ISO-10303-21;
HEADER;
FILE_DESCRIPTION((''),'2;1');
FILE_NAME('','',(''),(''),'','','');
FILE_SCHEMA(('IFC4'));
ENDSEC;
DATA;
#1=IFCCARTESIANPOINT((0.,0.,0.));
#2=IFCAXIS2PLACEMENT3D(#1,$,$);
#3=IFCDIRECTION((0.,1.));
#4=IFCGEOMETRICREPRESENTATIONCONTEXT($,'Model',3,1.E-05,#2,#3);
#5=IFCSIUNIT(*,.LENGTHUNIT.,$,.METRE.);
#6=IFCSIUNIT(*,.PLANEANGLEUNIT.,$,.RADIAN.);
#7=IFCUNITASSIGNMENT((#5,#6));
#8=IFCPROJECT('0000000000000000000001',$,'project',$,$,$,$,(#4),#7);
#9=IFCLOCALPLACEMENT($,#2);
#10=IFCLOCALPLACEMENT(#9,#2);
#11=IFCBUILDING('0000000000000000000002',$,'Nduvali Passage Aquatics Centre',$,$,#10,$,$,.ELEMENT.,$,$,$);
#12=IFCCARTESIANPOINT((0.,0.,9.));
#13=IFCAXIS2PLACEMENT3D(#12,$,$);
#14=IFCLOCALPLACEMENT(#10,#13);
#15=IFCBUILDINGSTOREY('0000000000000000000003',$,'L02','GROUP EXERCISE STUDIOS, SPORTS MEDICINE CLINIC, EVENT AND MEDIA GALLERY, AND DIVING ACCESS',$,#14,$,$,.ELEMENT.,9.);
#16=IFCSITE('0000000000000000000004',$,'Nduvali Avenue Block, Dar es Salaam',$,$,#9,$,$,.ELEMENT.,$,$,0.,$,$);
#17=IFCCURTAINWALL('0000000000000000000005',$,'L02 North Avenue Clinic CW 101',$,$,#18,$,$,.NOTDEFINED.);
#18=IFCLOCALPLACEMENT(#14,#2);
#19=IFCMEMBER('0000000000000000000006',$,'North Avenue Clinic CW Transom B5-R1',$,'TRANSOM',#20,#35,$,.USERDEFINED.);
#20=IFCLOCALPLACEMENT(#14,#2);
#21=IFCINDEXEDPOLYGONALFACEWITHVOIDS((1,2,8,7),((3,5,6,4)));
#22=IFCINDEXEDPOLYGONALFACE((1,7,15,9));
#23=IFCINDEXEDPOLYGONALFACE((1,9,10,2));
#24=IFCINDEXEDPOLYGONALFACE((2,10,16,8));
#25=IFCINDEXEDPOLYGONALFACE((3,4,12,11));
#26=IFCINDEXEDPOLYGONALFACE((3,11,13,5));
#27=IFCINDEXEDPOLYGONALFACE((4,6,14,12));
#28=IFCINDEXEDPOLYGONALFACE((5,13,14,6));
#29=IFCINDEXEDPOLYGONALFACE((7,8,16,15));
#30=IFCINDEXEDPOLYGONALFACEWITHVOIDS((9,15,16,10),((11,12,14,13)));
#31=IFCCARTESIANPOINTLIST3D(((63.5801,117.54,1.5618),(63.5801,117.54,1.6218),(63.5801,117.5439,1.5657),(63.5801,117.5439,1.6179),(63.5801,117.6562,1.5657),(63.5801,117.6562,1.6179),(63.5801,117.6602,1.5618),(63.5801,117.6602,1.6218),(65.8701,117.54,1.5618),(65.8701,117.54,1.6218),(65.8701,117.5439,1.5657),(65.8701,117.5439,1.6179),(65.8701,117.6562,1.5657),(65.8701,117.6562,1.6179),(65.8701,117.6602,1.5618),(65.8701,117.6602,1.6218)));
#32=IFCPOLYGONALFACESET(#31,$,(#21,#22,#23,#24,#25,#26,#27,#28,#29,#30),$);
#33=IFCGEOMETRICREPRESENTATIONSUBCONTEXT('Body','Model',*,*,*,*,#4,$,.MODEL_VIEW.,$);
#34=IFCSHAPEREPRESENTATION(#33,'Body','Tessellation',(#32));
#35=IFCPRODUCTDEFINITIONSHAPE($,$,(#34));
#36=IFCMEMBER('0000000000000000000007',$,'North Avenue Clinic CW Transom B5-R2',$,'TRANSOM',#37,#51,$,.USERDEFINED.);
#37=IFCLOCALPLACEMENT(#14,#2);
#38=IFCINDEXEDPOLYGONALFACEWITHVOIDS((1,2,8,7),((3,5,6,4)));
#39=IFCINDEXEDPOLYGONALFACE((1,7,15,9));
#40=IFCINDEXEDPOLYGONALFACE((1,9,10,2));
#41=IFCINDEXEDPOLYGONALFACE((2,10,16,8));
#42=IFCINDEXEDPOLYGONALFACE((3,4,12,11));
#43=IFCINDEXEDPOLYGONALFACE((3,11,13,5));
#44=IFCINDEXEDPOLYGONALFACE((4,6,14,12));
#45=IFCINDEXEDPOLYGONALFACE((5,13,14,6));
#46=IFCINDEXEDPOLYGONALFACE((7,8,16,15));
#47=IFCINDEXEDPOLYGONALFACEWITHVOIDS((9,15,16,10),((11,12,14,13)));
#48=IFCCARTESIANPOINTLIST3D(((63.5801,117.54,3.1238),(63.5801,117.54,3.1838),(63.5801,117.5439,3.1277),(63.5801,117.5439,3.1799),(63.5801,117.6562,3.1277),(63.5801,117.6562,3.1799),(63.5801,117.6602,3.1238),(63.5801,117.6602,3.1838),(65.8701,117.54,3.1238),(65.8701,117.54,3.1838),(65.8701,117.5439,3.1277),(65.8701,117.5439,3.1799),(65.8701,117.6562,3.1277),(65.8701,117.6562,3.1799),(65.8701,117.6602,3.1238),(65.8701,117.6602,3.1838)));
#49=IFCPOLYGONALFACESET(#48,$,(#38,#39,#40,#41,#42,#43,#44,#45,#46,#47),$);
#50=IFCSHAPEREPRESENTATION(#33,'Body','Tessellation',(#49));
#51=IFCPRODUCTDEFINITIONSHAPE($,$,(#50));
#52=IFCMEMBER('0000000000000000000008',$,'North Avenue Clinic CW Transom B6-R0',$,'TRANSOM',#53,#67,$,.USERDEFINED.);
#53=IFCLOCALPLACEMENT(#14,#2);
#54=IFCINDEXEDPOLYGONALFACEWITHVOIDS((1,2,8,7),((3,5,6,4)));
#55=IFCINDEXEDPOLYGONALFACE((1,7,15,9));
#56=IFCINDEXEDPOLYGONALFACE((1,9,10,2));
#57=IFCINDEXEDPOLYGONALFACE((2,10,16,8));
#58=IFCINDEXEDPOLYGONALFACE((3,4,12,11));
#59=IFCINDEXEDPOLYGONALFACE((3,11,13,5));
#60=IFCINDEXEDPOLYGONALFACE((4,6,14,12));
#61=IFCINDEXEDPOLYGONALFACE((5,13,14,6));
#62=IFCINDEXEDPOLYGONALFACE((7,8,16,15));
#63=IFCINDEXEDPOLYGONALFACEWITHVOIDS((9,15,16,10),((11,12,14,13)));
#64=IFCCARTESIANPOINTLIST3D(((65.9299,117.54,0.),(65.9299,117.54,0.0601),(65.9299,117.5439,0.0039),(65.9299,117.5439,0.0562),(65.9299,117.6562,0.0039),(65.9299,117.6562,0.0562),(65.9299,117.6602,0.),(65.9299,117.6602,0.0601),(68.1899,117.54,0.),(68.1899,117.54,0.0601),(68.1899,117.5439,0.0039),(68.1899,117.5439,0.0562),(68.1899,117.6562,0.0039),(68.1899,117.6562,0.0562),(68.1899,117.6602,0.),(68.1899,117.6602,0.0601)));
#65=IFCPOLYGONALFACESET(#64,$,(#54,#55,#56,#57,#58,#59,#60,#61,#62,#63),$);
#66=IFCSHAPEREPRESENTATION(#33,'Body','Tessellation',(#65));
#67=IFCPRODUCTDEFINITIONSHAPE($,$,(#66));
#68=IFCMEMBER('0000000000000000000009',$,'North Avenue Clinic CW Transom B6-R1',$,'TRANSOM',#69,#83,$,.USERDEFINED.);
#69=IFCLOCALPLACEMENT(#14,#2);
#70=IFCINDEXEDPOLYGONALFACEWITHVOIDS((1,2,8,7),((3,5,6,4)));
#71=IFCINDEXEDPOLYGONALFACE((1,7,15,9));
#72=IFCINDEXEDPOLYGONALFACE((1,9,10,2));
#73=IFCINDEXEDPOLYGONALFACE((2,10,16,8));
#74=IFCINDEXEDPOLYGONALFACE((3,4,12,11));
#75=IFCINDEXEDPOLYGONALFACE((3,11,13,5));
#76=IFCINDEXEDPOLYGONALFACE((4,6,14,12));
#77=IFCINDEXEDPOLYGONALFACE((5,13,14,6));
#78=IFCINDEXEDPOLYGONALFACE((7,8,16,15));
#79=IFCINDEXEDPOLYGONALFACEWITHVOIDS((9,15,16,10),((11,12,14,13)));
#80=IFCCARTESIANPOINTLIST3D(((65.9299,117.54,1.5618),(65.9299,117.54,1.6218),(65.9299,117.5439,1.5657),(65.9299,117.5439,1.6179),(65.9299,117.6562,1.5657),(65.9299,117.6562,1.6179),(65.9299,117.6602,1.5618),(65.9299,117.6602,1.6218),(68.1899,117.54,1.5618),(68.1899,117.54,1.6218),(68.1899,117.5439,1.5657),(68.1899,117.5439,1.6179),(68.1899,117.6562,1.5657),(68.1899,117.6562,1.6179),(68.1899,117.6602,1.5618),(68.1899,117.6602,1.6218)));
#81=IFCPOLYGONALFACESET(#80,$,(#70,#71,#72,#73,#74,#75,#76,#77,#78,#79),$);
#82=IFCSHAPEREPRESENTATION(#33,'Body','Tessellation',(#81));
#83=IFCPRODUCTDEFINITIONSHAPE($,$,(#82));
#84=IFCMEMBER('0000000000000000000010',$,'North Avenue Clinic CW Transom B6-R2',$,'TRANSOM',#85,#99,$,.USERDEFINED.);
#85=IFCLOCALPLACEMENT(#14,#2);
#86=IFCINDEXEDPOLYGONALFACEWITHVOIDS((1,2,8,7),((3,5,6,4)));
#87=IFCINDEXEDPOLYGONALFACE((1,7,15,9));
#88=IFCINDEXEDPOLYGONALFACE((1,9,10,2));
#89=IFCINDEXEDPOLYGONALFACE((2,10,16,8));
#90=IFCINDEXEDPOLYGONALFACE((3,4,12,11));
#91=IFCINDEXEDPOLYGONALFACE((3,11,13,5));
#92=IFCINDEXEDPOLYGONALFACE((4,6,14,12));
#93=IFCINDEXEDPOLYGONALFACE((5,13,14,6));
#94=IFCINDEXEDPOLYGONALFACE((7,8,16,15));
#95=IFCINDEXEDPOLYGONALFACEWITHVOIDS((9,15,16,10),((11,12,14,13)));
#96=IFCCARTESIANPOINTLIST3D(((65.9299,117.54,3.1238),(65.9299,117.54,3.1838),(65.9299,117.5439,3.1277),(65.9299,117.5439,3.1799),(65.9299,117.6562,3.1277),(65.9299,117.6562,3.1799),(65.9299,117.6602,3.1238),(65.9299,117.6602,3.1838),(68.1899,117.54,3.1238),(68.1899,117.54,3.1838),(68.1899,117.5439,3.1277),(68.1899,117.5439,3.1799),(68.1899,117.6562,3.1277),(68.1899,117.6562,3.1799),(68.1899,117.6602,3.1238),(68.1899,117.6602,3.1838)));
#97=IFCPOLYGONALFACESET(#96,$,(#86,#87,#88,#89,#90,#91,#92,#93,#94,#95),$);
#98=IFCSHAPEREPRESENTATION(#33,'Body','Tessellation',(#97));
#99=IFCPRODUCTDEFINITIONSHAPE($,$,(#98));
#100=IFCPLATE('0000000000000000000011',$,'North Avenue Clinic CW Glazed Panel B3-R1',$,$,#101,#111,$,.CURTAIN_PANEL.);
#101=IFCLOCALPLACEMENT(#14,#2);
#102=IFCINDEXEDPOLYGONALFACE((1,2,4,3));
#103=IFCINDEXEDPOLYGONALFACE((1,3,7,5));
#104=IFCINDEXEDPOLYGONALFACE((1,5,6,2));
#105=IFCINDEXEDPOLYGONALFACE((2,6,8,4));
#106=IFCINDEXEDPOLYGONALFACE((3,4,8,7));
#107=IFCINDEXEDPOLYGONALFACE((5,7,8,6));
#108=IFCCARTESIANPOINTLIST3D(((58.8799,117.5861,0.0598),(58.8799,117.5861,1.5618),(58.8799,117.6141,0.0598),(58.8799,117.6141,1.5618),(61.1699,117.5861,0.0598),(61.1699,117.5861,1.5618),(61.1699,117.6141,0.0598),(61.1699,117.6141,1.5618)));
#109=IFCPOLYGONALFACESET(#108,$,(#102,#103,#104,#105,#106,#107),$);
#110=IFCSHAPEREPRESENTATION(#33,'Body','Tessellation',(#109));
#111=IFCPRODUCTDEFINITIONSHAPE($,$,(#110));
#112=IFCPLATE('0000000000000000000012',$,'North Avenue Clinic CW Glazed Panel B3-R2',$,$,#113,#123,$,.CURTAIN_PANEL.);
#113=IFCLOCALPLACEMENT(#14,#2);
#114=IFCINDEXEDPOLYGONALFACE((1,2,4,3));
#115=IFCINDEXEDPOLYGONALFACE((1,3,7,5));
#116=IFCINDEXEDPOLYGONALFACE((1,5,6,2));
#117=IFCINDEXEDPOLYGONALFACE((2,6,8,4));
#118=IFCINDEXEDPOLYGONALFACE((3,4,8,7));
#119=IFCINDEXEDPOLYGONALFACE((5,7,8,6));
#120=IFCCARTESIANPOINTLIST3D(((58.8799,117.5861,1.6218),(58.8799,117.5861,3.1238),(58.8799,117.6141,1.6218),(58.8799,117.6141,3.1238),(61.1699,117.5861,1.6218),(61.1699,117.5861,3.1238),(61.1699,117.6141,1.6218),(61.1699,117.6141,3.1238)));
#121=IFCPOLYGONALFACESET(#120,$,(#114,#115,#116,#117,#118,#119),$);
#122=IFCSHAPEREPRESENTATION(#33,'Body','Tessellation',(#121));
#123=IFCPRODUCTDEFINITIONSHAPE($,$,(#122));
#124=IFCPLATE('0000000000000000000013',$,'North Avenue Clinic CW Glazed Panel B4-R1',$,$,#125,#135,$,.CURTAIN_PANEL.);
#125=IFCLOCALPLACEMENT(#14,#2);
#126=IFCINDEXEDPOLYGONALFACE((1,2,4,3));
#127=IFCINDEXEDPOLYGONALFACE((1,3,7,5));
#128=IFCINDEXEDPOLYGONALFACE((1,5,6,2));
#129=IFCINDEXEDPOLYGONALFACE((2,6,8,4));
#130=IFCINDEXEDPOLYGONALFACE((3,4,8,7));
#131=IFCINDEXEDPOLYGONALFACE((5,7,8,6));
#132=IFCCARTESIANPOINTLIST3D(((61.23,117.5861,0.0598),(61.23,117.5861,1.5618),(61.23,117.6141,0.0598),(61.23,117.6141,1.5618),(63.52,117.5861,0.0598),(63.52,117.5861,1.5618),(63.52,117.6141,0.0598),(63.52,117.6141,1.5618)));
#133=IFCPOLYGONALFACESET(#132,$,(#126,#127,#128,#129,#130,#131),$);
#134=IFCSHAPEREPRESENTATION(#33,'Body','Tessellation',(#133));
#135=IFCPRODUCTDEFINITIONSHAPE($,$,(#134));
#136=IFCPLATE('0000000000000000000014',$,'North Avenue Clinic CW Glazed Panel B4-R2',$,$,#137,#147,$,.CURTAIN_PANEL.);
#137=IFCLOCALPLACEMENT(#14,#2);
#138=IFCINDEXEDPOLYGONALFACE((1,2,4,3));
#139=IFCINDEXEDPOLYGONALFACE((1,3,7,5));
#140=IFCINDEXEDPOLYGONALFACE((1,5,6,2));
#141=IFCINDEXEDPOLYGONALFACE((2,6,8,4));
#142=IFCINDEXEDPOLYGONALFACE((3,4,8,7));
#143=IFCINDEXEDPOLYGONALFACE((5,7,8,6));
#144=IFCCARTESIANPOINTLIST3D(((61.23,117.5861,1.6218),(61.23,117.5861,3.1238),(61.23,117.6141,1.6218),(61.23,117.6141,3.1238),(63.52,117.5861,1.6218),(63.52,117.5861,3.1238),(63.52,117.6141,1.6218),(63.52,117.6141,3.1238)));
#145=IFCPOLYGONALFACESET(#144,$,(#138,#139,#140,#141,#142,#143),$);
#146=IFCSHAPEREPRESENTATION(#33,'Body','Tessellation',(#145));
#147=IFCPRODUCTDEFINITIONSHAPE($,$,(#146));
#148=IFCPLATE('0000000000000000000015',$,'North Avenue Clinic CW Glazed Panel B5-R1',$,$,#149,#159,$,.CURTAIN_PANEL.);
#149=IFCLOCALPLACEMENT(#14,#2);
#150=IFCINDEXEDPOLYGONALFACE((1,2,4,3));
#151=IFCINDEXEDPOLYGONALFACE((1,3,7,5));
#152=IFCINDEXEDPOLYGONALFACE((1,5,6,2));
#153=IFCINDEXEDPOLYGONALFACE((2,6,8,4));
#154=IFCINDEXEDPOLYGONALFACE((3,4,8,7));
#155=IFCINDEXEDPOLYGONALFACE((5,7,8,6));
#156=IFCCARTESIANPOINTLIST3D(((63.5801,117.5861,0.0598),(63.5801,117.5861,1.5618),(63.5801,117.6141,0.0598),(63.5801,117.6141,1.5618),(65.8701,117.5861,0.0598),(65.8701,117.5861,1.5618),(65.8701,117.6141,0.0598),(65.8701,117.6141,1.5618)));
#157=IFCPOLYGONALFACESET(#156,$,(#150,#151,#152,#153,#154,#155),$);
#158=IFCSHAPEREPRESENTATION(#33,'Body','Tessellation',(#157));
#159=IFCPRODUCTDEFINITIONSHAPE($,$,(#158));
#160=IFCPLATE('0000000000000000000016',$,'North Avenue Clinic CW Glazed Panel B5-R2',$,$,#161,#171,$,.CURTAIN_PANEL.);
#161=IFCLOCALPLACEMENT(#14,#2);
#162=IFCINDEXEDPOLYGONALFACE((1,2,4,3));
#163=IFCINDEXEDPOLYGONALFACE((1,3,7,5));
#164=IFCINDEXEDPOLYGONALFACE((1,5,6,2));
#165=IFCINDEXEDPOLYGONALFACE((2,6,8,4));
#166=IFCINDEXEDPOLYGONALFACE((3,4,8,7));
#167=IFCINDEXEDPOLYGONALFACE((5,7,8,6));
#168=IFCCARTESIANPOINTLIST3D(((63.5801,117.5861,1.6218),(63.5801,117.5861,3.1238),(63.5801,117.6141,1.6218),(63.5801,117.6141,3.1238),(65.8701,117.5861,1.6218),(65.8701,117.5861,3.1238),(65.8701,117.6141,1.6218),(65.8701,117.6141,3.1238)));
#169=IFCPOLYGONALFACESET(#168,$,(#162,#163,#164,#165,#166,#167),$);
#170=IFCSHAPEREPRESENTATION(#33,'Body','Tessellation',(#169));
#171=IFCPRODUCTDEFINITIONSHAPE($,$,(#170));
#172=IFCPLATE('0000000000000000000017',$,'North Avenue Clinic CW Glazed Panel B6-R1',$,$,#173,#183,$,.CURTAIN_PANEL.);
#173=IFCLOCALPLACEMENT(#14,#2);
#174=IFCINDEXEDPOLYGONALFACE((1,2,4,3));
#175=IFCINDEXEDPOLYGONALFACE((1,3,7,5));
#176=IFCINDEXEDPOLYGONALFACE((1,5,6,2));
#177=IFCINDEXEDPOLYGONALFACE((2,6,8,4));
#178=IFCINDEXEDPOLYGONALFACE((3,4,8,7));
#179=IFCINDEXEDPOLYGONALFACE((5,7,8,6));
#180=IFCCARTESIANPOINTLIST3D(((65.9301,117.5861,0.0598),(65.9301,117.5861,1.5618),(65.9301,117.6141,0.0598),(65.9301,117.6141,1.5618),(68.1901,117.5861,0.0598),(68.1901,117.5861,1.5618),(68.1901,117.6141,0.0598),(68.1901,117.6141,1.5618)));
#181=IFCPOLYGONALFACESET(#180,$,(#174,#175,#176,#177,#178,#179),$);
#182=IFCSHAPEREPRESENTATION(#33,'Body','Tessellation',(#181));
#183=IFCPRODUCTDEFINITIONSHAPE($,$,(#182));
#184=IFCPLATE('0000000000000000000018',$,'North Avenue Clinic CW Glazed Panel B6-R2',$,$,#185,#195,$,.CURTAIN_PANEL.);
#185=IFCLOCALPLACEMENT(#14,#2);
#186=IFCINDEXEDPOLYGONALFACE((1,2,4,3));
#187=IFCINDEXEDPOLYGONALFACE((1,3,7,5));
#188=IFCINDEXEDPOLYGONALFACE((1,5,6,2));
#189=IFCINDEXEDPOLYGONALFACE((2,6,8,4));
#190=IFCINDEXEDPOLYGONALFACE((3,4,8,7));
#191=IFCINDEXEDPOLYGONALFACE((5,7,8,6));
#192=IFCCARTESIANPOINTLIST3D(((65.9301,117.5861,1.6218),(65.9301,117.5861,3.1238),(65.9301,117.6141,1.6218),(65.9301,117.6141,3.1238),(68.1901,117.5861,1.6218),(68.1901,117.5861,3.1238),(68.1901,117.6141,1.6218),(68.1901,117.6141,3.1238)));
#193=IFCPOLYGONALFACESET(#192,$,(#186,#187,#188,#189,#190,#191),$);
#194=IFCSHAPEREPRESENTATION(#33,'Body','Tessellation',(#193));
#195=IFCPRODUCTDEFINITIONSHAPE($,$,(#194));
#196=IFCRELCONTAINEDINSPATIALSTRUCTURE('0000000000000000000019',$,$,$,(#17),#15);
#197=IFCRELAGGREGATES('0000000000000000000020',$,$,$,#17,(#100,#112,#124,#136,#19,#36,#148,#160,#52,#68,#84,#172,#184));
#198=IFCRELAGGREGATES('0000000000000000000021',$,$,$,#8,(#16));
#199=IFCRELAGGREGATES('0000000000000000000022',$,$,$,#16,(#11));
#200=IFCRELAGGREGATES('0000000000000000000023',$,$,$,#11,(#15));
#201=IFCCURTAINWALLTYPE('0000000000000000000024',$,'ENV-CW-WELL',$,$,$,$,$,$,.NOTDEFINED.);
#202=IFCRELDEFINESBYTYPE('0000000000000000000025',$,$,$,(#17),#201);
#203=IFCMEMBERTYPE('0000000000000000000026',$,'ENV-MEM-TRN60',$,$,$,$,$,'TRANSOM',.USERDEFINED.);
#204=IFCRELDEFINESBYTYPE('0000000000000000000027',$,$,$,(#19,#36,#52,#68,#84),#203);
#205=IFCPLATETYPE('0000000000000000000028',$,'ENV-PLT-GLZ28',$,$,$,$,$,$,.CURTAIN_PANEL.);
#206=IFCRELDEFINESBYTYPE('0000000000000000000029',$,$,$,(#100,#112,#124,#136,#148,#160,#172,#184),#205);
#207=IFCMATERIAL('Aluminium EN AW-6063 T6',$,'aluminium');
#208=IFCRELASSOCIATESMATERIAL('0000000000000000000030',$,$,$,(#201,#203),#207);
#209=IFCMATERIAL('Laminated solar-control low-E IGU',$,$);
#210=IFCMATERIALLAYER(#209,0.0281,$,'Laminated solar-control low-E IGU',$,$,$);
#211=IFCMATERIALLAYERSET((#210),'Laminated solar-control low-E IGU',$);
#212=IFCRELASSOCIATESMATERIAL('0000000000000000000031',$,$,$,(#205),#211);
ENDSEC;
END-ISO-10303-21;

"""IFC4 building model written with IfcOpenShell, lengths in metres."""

from ifc_helpers import new_model, si_unit, direction, frame, origin, origin_2d, place, context, subcontext, project, spatial, rectangle, hollow_rectangle, extrude, material, layer, layer_set, material_profile, profile_set, type_object, element, aggregate, save


model = new_model("IFC4")

# Units and contexts
model_context = context("Model", 3, precision=1e-05, world=origin(), true_north=direction((0.0, 1.0)))
body_context = subcontext(model_context, "Body", "Model", "MODEL_VIEW")
ifc_project = project(units=[si_unit("LENGTHUNIT", "METRE"), si_unit("PLANEANGLEUNIT", "RADIAN")], contexts=[model_context])

# Site, building, storey
site_placement = place(None, origin())
site = spatial("IfcSite", under=ifc_project, at=site_placement, Name="Nduvali Avenue Block, Dar es Salaam", CompositionType="ELEMENT", RefElevation=0.0)
building_placement = place(site_placement, origin())
building = spatial("IfcBuilding", under=site, at=building_placement, Name="Nduvali Passage Aquatics Centre", CompositionType="ELEMENT")
storey_placement = place(building_placement, frame((0.0, 0.0, 9.0)))
storey = spatial("IfcBuildingStorey", under=building, at=storey_placement, Name="L02", Description="GROUP EXERCISE STUDIOS, SPORTS MEDICINE CLINIC, EVENT AND MEDIA GALLERY, AND DIVING ACCESS", CompositionType="ELEMENT", Elevation=9.0)

# Curtain wall, members, plates
ifc_material_1 = material(Name="Aluminium EN AW-6063 T6", Category="aluminium")
curtain_wall_type = type_object("IfcCurtainWallType", Name="ENV-CW-WELL", PredefinedType="NOTDEFINED", material=ifc_material_1)
curtain_wall_placement = place(storey_placement, origin())
curtain_wall = element("IfcCurtainWall", 1, at=curtain_wall_placement, inside=storey, type_object=curtain_wall_type, Name="L02 North Avenue Clinic CW 101", PredefinedType="NOTDEFINED")
ifc_material_profile_1 = material_profile(ifc_material_1, hollow_rectangle(XDim=0.1201, YDim=0.0601, WallThickness=0.0039, at=origin_2d()), Name="ALU TRANSOM 120x60x4")
ifc_profile_set_1 = profile_set([ifc_material_profile_1], Name="Aluminium EN AW-6063 T6")
member_type_1 = type_object("IfcMemberType", Name="ENV-MEM-TRN60", ElementType="TRANSOM", PredefinedType="USERDEFINED", material=ifc_profile_set_1)
member_1_placement = place(storey_placement, frame((63.5801, 117.6001, 1.5918), z_axis=(1.0, 0.0, 0.0), x_axis=(0.0, 1.0, 0.0)))
member_1 = element("IfcMember", 2, at=member_1_placement, type_object=member_type_1, Name="North Avenue Clinic CW Transom B5-R1", ObjectType="TRANSOM", PredefinedType="USERDEFINED", context=body_context, shape_type="SweptSolid", body=[
    extrude(hollow_rectangle(XDim=0.1201, YDim=0.0601, WallThickness=0.0039, at=origin_2d()), origin(), (0.0, 0.0, 1.0), 2.29),
])
member_2_placement = place(storey_placement, frame((63.5801, 117.6001, 3.1538), z_axis=(1.0, 0.0, 0.0), x_axis=(0.0, 1.0, 0.0)))
member_2 = element("IfcMember", 3, at=member_2_placement, type_object=member_type_1, Name="North Avenue Clinic CW Transom B5-R2", ObjectType="TRANSOM", PredefinedType="USERDEFINED", context=body_context, shape_type="SweptSolid", body=[
    extrude(hollow_rectangle(XDim=0.1201, YDim=0.0601, WallThickness=0.0039, at=origin_2d()), origin(), (0.0, 0.0, 1.0), 2.29),
])
member_3_placement = place(storey_placement, frame((65.9299, 117.6001, 0.03), z_axis=(1.0, 0.0, 0.0), x_axis=(0.0, 1.0, 0.0)))
member_3 = element("IfcMember", 4, at=member_3_placement, type_object=member_type_1, Name="North Avenue Clinic CW Transom B6-R0", ObjectType="TRANSOM", PredefinedType="USERDEFINED", context=body_context, shape_type="SweptSolid", body=[
    extrude(hollow_rectangle(XDim=0.1201, YDim=0.0601, WallThickness=0.0039, at=origin_2d()), origin(), (0.0, 0.0, 1.0), 2.26),
])
member_4_placement = place(storey_placement, frame((65.9299, 117.6001, 1.5918), z_axis=(1.0, 0.0, 0.0), x_axis=(0.0, 1.0, 0.0)))
member_4 = element("IfcMember", 5, at=member_4_placement, type_object=member_type_1, Name="North Avenue Clinic CW Transom B6-R1", ObjectType="TRANSOM", PredefinedType="USERDEFINED", context=body_context, shape_type="SweptSolid", body=[
    extrude(hollow_rectangle(XDim=0.1201, YDim=0.0601, WallThickness=0.0039, at=origin_2d()), origin(), (0.0, 0.0, 1.0), 2.26),
])
member_5_placement = place(storey_placement, frame((65.9299, 117.6001, 3.1538), z_axis=(1.0, 0.0, 0.0), x_axis=(0.0, 1.0, 0.0)))
member_5 = element("IfcMember", 6, at=member_5_placement, type_object=member_type_1, Name="North Avenue Clinic CW Transom B6-R2", ObjectType="TRANSOM", PredefinedType="USERDEFINED", context=body_context, shape_type="SweptSolid", body=[
    extrude(hollow_rectangle(XDim=0.1201, YDim=0.0601, WallThickness=0.0039, at=origin_2d()), origin(), (0.0, 0.0, 1.0), 2.26),
])
ifc_material_2 = material(Name="Laminated solar-control low-E IGU")
ifc_layer = layer(ifc_material_2, 0.0281, Name="Laminated solar-control low-E IGU")
ifc_layer_set = layer_set([ifc_layer], Name="Laminated solar-control low-E IGU")
plate_type = type_object("IfcPlateType", Name="ENV-PLT-GLZ28", PredefinedType="CURTAIN_PANEL", material=ifc_layer_set)
plate_1_placement = place(storey_placement, frame((60.0249, 117.6001, 0.0598), z_axis=(0.0, 0.0, 1.0), x_axis=(1.0, 0.0, 0.0)))
plate_1 = element("IfcPlate", 7, at=plate_1_placement, type_object=plate_type, Name="North Avenue Clinic CW Glazed Panel B3-R1", PredefinedType="CURTAIN_PANEL", context=body_context, shape_type="SweptSolid", body=[
    extrude(rectangle(XDim=2.29, YDim=0.0281, at=origin_2d()), origin(), (0.0, 0.0, 1.0), 1.502),
])
plate_2_placement = place(storey_placement, frame((60.0249, 117.6001, 1.6218), z_axis=(0.0, 0.0, 1.0), x_axis=(1.0, 0.0, 0.0)))
plate_2 = element("IfcPlate", 8, at=plate_2_placement, type_object=plate_type, Name="North Avenue Clinic CW Glazed Panel B3-R2", PredefinedType="CURTAIN_PANEL", context=body_context, shape_type="SweptSolid", body=[
    extrude(rectangle(XDim=2.29, YDim=0.0281, at=origin_2d()), origin(), (0.0, 0.0, 1.0), 1.502),
])
plate_3_placement = place(storey_placement, frame((62.375, 117.6001, 0.0598), z_axis=(0.0, 0.0, 1.0), x_axis=(1.0, 0.0, 0.0)))
plate_3 = element("IfcPlate", 9, at=plate_3_placement, type_object=plate_type, Name="North Avenue Clinic CW Glazed Panel B4-R1", PredefinedType="CURTAIN_PANEL", context=body_context, shape_type="SweptSolid", body=[
    extrude(rectangle(XDim=2.29, YDim=0.0281, at=origin_2d()), origin(), (0.0, 0.0, 1.0), 1.502),
])
plate_4_placement = place(storey_placement, frame((62.375, 117.6001, 1.6218), z_axis=(0.0, 0.0, 1.0), x_axis=(1.0, 0.0, 0.0)))
plate_4 = element("IfcPlate", 10, at=plate_4_placement, type_object=plate_type, Name="North Avenue Clinic CW Glazed Panel B4-R2", PredefinedType="CURTAIN_PANEL", context=body_context, shape_type="SweptSolid", body=[
    extrude(rectangle(XDim=2.29, YDim=0.0281, at=origin_2d()), origin(), (0.0, 0.0, 1.0), 1.502),
])
plate_5_placement = place(storey_placement, frame((64.7251, 117.6001, 0.0598), z_axis=(0.0, 0.0, 1.0), x_axis=(1.0, 0.0, 0.0)))
plate_5 = element("IfcPlate", 11, at=plate_5_placement, type_object=plate_type, Name="North Avenue Clinic CW Glazed Panel B5-R1", PredefinedType="CURTAIN_PANEL", context=body_context, shape_type="SweptSolid", body=[
    extrude(rectangle(XDim=2.29, YDim=0.0281, at=origin_2d()), origin(), (0.0, 0.0, 1.0), 1.502),
])
plate_6_placement = place(storey_placement, frame((64.7251, 117.6001, 1.6218), z_axis=(0.0, 0.0, 1.0), x_axis=(1.0, 0.0, 0.0)))
plate_6 = element("IfcPlate", 12, at=plate_6_placement, type_object=plate_type, Name="North Avenue Clinic CW Glazed Panel B5-R2", PredefinedType="CURTAIN_PANEL", context=body_context, shape_type="SweptSolid", body=[
    extrude(rectangle(XDim=2.29, YDim=0.0281, at=origin_2d()), origin(), (0.0, 0.0, 1.0), 1.502),
])
plate_7_placement = place(storey_placement, frame((67.0601, 117.6001, 0.0598), z_axis=(0.0, 0.0, 1.0), x_axis=(1.0, 0.0, 0.0)))
plate_7 = element("IfcPlate", 13, at=plate_7_placement, type_object=plate_type, Name="North Avenue Clinic CW Glazed Panel B6-R1", PredefinedType="CURTAIN_PANEL", context=body_context, shape_type="SweptSolid", body=[
    extrude(rectangle(XDim=2.26, YDim=0.0281, at=origin_2d()), origin(), (0.0, 0.0, 1.0), 1.502),
])
plate_8_placement = place(storey_placement, frame((67.0601, 117.6001, 1.6218), z_axis=(0.0, 0.0, 1.0), x_axis=(1.0, 0.0, 0.0)))
plate_8 = element("IfcPlate", 14, at=plate_8_placement, type_object=plate_type, Name="North Avenue Clinic CW Glazed Panel B6-R2", PredefinedType="CURTAIN_PANEL", context=body_context, shape_type="SweptSolid", body=[
    extrude(rectangle(XDim=2.26, YDim=0.0281, at=origin_2d()), origin(), (0.0, 0.0, 1.0), 1.502),
])
aggregate(curtain_wall, [plate_1, plate_2, plate_3, plate_4, member_1, member_2, plate_5, plate_6, member_3, member_4, member_5, plate_7, plate_8])

save(model, "model.ifc")
